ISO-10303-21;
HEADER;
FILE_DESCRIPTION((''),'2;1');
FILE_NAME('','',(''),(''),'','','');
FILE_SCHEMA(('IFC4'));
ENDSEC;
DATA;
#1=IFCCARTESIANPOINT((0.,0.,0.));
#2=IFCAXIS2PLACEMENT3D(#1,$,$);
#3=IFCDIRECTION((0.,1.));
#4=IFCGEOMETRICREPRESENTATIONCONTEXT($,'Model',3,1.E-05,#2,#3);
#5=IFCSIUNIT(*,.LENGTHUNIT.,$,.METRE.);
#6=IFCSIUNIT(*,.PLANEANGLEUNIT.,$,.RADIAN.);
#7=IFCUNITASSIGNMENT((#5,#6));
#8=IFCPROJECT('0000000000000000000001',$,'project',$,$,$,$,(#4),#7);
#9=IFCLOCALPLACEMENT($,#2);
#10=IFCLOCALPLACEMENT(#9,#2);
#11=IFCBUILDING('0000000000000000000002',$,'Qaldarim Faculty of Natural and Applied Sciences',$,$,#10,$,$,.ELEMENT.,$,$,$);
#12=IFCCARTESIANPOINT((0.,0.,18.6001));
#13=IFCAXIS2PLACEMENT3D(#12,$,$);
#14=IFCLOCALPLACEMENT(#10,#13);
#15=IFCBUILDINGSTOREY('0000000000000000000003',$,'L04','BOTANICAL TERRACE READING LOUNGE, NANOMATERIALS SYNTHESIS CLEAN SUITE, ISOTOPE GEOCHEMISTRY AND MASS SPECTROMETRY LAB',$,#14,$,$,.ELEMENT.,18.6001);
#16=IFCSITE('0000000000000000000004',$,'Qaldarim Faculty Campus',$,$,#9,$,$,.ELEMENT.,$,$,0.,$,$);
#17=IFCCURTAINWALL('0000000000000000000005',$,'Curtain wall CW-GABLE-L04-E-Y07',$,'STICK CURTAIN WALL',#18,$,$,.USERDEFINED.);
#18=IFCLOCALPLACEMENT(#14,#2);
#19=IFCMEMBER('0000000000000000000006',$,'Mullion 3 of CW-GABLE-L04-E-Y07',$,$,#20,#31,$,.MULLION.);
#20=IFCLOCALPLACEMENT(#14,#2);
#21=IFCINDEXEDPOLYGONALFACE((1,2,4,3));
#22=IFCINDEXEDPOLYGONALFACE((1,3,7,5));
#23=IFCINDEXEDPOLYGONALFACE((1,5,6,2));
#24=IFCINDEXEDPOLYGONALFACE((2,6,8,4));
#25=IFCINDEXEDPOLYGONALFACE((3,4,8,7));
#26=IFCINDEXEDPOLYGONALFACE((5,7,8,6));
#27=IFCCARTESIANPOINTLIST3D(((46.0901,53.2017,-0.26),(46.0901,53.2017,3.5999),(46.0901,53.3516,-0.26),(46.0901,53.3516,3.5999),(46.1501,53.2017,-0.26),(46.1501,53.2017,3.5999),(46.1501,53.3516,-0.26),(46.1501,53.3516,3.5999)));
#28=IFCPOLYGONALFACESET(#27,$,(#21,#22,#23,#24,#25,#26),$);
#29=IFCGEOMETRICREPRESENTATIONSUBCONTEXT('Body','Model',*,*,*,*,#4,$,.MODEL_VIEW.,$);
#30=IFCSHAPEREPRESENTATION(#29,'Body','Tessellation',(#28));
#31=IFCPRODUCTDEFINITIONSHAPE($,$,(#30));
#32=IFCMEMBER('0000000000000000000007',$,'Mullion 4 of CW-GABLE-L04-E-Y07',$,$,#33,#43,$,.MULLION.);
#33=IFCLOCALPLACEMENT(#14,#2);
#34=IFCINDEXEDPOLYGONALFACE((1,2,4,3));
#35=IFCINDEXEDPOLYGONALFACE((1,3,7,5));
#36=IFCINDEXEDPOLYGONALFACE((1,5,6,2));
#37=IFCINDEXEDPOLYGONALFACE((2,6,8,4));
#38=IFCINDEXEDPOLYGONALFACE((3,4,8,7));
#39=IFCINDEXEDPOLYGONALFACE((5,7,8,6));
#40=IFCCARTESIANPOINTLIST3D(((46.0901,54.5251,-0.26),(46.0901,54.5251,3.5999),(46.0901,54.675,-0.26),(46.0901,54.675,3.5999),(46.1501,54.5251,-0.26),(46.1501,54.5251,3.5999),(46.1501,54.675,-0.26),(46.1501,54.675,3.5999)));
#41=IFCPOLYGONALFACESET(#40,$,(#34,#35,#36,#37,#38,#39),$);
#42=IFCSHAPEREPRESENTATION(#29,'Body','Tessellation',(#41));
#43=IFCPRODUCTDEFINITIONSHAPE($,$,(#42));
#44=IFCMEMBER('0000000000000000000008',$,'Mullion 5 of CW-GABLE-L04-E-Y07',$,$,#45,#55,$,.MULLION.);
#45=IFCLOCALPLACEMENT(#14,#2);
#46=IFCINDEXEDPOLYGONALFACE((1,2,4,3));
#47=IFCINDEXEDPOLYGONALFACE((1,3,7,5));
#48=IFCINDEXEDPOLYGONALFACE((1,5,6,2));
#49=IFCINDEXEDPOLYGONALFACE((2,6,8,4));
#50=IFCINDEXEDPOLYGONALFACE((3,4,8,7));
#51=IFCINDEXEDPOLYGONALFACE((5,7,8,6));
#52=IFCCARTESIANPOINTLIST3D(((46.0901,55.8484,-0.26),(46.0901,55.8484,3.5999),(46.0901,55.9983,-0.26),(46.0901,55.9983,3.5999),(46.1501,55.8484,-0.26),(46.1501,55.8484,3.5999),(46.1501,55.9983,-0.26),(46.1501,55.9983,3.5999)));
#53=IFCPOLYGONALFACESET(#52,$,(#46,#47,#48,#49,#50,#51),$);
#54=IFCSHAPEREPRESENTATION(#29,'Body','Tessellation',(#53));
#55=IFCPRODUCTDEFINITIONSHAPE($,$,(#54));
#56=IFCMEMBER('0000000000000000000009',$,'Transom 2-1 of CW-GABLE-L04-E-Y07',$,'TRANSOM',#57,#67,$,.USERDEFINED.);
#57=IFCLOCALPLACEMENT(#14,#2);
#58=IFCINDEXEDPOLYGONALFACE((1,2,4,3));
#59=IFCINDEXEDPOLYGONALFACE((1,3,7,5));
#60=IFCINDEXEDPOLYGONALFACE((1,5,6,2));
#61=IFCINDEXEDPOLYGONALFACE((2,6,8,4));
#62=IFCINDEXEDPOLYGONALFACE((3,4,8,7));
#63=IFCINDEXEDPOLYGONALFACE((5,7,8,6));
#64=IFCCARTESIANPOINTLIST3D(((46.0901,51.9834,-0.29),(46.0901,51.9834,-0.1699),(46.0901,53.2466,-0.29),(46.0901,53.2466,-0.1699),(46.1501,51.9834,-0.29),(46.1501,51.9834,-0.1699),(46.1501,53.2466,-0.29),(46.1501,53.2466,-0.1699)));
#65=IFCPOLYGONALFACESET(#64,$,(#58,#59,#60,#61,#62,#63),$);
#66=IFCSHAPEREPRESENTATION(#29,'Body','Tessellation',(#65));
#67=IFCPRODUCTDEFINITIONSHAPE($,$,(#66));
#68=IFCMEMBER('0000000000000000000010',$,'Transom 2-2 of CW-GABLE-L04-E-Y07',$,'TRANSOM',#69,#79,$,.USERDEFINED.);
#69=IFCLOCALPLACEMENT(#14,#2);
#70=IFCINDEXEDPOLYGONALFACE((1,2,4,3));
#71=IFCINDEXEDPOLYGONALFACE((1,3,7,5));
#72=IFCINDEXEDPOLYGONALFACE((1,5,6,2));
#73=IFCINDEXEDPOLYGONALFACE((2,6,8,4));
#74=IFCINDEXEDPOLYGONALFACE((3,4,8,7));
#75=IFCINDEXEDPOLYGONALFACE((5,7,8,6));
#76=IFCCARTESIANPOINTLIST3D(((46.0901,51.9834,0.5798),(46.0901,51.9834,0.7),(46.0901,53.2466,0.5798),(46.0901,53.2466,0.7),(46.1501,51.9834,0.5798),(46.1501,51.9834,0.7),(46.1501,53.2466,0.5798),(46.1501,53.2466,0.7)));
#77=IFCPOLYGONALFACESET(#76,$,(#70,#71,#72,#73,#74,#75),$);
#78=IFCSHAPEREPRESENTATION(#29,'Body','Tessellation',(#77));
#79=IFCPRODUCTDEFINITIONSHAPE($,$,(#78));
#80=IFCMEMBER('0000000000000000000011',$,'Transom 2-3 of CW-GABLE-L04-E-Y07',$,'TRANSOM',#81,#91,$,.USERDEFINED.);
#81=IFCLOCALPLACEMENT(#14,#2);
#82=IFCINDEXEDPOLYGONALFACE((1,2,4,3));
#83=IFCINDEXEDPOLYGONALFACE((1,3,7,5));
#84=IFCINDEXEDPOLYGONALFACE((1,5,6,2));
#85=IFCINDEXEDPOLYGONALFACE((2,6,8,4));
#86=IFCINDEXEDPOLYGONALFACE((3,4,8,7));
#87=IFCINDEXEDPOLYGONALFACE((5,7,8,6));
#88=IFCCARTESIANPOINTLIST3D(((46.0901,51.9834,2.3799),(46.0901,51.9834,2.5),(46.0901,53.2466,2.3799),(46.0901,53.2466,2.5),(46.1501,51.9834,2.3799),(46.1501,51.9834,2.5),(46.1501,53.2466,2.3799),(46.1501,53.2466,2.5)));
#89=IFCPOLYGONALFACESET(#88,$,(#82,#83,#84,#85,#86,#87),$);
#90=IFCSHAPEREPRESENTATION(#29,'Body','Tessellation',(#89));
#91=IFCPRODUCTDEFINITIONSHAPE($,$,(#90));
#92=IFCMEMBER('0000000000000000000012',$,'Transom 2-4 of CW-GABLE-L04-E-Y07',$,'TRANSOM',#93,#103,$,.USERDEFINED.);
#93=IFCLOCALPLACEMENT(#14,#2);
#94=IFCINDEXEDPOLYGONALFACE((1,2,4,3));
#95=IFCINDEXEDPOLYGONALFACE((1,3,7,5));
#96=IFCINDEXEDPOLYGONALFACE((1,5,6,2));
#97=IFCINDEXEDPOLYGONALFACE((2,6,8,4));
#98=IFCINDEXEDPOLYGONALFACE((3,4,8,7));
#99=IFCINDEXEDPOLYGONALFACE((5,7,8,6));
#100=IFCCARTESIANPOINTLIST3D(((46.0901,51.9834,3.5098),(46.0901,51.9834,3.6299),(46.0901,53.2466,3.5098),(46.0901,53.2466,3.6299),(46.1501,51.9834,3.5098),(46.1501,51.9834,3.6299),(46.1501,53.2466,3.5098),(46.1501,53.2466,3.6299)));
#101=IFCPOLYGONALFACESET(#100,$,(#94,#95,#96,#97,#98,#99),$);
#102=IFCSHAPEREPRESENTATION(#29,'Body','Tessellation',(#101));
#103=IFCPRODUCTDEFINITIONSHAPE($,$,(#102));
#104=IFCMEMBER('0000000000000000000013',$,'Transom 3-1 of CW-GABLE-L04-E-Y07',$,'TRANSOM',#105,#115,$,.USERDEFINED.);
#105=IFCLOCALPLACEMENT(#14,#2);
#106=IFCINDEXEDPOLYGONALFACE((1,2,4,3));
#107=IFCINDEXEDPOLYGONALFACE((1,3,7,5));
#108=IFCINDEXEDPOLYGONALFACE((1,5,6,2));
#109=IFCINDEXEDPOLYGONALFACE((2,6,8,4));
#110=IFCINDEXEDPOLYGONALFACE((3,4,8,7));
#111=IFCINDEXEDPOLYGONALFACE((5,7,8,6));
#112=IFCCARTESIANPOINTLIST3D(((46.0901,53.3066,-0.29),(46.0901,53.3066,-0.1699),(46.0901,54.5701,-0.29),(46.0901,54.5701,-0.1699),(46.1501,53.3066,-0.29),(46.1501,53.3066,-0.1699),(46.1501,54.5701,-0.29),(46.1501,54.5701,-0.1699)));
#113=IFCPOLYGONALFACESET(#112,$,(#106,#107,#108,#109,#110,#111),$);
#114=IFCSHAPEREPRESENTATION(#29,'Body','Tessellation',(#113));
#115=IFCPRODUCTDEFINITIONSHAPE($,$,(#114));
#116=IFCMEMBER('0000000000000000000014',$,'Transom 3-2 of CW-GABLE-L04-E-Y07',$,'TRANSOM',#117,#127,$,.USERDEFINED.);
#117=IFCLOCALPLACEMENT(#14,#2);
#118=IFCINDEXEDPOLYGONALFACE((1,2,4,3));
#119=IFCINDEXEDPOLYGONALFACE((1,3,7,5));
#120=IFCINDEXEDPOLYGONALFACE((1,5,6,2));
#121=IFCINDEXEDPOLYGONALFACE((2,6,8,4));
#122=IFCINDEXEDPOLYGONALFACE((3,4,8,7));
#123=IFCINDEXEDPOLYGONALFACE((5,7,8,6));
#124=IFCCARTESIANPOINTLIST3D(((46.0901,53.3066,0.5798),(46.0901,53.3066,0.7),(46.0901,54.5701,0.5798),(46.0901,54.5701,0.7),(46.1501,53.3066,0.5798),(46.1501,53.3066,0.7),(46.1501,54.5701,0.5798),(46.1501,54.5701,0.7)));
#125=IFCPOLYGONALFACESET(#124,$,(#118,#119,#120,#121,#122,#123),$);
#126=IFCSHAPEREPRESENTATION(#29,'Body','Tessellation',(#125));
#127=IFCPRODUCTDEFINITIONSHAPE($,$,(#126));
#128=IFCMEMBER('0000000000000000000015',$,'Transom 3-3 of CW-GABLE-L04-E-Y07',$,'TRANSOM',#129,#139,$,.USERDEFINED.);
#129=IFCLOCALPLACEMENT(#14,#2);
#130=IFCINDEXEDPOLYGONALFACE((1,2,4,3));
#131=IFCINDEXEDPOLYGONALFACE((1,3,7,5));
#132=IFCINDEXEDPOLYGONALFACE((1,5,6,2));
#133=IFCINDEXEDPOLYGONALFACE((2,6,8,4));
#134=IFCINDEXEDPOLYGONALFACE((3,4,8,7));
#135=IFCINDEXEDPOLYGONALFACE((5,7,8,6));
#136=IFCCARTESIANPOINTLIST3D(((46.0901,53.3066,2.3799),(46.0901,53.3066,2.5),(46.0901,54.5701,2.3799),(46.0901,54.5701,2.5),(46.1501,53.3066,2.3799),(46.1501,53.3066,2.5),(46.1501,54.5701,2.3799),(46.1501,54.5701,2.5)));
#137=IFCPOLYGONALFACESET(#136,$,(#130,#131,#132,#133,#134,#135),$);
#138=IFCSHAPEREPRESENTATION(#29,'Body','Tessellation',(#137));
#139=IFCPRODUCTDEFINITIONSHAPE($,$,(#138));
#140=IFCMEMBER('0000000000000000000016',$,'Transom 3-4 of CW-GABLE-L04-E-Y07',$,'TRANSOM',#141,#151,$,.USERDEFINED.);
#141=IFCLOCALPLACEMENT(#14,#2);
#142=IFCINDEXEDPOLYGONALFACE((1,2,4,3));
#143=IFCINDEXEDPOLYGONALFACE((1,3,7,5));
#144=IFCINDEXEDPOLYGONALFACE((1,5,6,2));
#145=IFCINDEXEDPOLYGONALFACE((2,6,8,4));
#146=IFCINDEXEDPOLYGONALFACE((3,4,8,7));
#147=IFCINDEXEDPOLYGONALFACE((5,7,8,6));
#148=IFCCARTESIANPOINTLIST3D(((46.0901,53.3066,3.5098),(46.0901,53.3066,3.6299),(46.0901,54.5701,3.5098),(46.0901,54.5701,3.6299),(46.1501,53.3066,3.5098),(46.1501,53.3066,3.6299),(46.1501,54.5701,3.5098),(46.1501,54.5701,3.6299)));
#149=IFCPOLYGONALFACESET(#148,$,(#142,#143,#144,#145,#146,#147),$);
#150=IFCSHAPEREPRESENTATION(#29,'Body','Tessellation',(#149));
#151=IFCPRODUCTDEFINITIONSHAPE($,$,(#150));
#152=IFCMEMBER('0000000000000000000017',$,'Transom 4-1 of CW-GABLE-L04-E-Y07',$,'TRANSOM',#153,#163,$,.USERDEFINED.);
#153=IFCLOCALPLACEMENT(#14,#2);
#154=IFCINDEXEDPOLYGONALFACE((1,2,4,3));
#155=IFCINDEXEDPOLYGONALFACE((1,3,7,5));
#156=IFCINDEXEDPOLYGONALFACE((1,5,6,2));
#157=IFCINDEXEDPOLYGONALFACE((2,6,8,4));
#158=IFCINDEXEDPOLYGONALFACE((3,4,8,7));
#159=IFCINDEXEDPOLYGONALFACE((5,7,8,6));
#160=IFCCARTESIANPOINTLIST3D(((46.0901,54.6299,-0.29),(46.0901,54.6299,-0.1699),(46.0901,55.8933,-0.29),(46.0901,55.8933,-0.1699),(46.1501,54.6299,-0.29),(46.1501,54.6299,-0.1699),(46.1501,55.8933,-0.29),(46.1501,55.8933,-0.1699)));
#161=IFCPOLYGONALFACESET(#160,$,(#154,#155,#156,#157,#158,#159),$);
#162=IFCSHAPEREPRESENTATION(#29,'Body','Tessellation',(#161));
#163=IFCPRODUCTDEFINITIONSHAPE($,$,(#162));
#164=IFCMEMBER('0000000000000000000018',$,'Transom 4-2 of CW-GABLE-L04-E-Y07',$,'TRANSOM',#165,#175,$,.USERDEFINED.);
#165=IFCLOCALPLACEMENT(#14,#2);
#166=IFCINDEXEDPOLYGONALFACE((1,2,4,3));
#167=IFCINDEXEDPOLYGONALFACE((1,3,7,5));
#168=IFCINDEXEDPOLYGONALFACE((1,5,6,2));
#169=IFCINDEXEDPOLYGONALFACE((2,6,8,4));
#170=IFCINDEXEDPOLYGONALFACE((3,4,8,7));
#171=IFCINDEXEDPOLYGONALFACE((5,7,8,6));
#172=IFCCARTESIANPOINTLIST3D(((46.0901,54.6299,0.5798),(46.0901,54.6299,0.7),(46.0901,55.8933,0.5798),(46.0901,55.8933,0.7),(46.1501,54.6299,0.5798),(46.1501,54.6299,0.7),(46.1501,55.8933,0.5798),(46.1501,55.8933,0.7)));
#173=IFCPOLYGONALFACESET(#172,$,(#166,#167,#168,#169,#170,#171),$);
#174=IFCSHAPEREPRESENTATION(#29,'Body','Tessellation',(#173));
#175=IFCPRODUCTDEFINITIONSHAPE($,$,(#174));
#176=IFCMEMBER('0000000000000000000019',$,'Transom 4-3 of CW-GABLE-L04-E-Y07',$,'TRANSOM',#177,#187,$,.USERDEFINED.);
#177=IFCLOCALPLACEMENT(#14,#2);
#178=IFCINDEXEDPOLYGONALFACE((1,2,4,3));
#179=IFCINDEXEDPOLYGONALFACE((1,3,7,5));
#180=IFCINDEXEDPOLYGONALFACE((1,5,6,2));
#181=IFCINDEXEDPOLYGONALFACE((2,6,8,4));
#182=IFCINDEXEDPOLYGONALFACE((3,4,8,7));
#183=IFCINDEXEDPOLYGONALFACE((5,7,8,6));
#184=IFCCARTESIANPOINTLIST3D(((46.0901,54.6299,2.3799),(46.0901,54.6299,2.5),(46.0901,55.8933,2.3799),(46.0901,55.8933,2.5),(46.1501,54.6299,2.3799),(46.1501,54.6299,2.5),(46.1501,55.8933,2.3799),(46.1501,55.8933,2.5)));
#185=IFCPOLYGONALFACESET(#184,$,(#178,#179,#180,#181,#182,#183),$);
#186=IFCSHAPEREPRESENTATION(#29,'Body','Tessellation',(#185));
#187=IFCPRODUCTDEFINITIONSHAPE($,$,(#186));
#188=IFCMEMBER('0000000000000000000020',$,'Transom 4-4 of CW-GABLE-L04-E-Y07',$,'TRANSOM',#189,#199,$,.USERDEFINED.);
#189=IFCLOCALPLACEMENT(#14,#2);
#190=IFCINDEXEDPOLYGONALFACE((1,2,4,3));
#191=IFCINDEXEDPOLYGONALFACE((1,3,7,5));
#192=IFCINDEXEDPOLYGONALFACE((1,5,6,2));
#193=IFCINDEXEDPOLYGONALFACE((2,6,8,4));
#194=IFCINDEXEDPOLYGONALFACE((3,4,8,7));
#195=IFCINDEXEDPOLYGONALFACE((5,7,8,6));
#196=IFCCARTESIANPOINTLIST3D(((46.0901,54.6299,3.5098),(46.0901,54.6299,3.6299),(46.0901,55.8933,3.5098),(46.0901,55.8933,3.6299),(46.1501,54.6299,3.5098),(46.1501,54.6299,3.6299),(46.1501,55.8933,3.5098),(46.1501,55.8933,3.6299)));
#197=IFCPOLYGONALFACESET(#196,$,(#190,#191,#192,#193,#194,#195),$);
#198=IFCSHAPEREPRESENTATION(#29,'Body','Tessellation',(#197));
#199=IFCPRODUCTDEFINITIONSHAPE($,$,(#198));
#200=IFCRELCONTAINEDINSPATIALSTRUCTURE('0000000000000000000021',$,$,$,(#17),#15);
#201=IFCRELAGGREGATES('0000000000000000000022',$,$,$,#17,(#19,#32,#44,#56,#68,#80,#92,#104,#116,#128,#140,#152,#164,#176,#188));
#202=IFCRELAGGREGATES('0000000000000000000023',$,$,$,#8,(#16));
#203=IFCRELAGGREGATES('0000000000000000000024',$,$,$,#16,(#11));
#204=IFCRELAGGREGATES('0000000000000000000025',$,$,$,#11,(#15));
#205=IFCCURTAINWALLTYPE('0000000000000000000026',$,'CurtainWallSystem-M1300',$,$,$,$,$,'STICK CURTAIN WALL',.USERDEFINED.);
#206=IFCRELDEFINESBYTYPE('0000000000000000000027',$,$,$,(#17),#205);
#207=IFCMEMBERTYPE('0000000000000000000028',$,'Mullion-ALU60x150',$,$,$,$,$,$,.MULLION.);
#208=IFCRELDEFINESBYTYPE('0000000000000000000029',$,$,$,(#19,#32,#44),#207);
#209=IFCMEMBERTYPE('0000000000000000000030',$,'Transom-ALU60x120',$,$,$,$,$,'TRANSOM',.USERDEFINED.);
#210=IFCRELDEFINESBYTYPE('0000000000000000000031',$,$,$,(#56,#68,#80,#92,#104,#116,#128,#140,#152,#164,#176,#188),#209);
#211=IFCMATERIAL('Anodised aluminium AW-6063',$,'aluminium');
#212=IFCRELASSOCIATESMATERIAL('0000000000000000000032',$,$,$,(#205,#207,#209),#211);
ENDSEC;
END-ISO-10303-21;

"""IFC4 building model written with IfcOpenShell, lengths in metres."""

from ifc_helpers import new_model, si_unit, direction, frame, origin, origin_2d, place, context, subcontext, project, spatial, rectangle, extrude, material, material_profile, profile_set, type_object, element, aggregate, save


model = new_model("IFC4")

# Units and contexts
model_context = context("Model", 3, precision=1e-05, world=origin(), true_north=direction((0.0, 1.0)))
body_context = subcontext(model_context, "Body", "Model", "MODEL_VIEW")
ifc_project = project(units=[si_unit("LENGTHUNIT", "METRE"), si_unit("PLANEANGLEUNIT", "RADIAN")], contexts=[model_context])

# Site, building, storey
site_placement = place(None, origin())
site = spatial("IfcSite", under=ifc_project, at=site_placement, Name="Qaldarim Faculty Campus", CompositionType="ELEMENT", RefElevation=0.0)
building_placement = place(site_placement, origin())
building = spatial("IfcBuilding", under=site, at=building_placement, Name="Qaldarim Faculty of Natural and Applied Sciences", CompositionType="ELEMENT")
storey_placement = place(building_placement, frame((0.0, 0.0, 18.6001)))
storey = spatial("IfcBuildingStorey", under=building, at=storey_placement, Name="L04", Description="BOTANICAL TERRACE READING LOUNGE, NANOMATERIALS SYNTHESIS CLEAN SUITE, ISOTOPE GEOCHEMISTRY AND MASS SPECTROMETRY LAB", CompositionType="ELEMENT", Elevation=18.6001)

# Curtain wall, members
ifc_material_1 = material(Name="Anodised aluminium AW-6063", Category="aluminium")
curtain_wall_type = type_object("IfcCurtainWallType", Name="CurtainWallSystem-M1300", ElementType="STICK CURTAIN WALL", PredefinedType="USERDEFINED", material=ifc_material_1)
curtain_wall_placement = place(storey_placement, origin())
curtain_wall = element("IfcCurtainWall", 1, at=curtain_wall_placement, inside=storey, type_object=curtain_wall_type, Name="Curtain wall CW-GABLE-L04-E-Y07", ObjectType="STICK CURTAIN WALL", PredefinedType="USERDEFINED")
ifc_material_profile_1 = material_profile(ifc_material_1, rectangle(XDim=0.0601, YDim=0.1499, at=origin_2d()), Name="ALU-M60x150")
ifc_profile_set_1 = profile_set([ifc_material_profile_1], Name="Anodised aluminium AW-6063")
member_type_1 = type_object("IfcMemberType", Name="Mullion-ALU60x150", PredefinedType="MULLION", material=ifc_profile_set_1)
member_1_placement = place(storey_placement, frame((46.1201, 53.2766, -0.26), z_axis=(0.0, 0.0, 1.0), x_axis=(-1.0, 0.0, 0.0)))
member_1 = element("IfcMember", 2, at=member_1_placement, type_object=member_type_1, Name="Mullion 3 of CW-GABLE-L04-E-Y07", PredefinedType="MULLION", context=body_context, shape_type="SweptSolid", body=[
    extrude(rectangle(XDim=0.0601, YDim=0.1499, at=origin_2d()), origin(), (0.0, 0.0, 1.0), 3.8599),
])
member_2_placement = place(storey_placement, frame((46.1201, 54.6001, -0.26), z_axis=(0.0, 0.0, 1.0), x_axis=(-1.0, 0.0, 0.0)))
member_2 = element("IfcMember", 3, at=member_2_placement, type_object=member_type_1, Name="Mullion 4 of CW-GABLE-L04-E-Y07", PredefinedType="MULLION", context=body_context, shape_type="SweptSolid", body=[
    extrude(rectangle(XDim=0.0601, YDim=0.1499, at=origin_2d()), origin(), (0.0, 0.0, 1.0), 3.8599),
])
member_3_placement = place(storey_placement, frame((46.1201, 55.9233, -0.26), z_axis=(0.0, 0.0, 1.0), x_axis=(-1.0, 0.0, 0.0)))
member_3 = element("IfcMember", 4, at=member_3_placement, type_object=member_type_1, Name="Mullion 5 of CW-GABLE-L04-E-Y07", PredefinedType="MULLION", context=body_context, shape_type="SweptSolid", body=[
    extrude(rectangle(XDim=0.0601, YDim=0.1499, at=origin_2d()), origin(), (0.0, 0.0, 1.0), 3.8599),
])
ifc_material_profile_2 = material_profile(ifc_material_1, rectangle(XDim=0.0601, YDim=0.1201, at=origin_2d()), Name="ALU-T60x120")
ifc_profile_set_2 = profile_set([ifc_material_profile_2], Name="Anodised aluminium AW-6063")
member_type_2 = type_object("IfcMemberType", Name="Transom-ALU60x120", ElementType="TRANSOM", PredefinedType="USERDEFINED", material=ifc_profile_set_2)
member_4_placement = place(storey_placement, frame((46.1201, 51.9834, -0.23), z_axis=(0.0, 1.0, 0.0), x_axis=(-1.0, 0.0, 0.0)))
member_4 = element("IfcMember", 5, at=member_4_placement, type_object=member_type_2, Name="Transom 2-1 of CW-GABLE-L04-E-Y07", ObjectType="TRANSOM", PredefinedType="USERDEFINED", context=body_context, shape_type="SweptSolid", body=[
    extrude(rectangle(XDim=0.0601, YDim=0.1201, at=origin_2d()), origin(), (0.0, 0.0, 1.0), 1.2632),
])
member_5_placement = place(storey_placement, frame((46.1201, 51.9834, 0.6399), z_axis=(0.0, 1.0, 0.0), x_axis=(-1.0, 0.0, 0.0)))
member_5 = element("IfcMember", 6, at=member_5_placement, type_object=member_type_2, Name="Transom 2-2 of CW-GABLE-L04-E-Y07", ObjectType="TRANSOM", PredefinedType="USERDEFINED", context=body_context, shape_type="SweptSolid", body=[
    extrude(rectangle(XDim=0.0601, YDim=0.1201, at=origin_2d()), origin(), (0.0, 0.0, 1.0), 1.2632),
])
member_6_placement = place(storey_placement, frame((46.1201, 51.9834, 2.4399), z_axis=(0.0, 1.0, 0.0), x_axis=(-1.0, 0.0, 0.0)))
member_6 = element("IfcMember", 7, at=member_6_placement, type_object=member_type_2, Name="Transom 2-3 of CW-GABLE-L04-E-Y07", ObjectType="TRANSOM", PredefinedType="USERDEFINED", context=body_context, shape_type="SweptSolid", body=[
    extrude(rectangle(XDim=0.0601, YDim=0.1201, at=origin_2d()), origin(), (0.0, 0.0, 1.0), 1.2632),
])
member_7_placement = place(storey_placement, frame((46.1201, 51.9834, 3.5698), z_axis=(0.0, 1.0, 0.0), x_axis=(-1.0, 0.0, 0.0)))
member_7 = element("IfcMember", 8, at=member_7_placement, type_object=member_type_2, Name="Transom 2-4 of CW-GABLE-L04-E-Y07", ObjectType="TRANSOM", PredefinedType="USERDEFINED", context=body_context, shape_type="SweptSolid", body=[
    extrude(rectangle(XDim=0.0601, YDim=0.1201, at=origin_2d()), origin(), (0.0, 0.0, 1.0), 1.2632),
])
member_8_placement = place(storey_placement, frame((46.1201, 53.3066, -0.23), z_axis=(0.0, 1.0, 0.0), x_axis=(-1.0, 0.0, 0.0)))
member_8 = element("IfcMember", 9, at=member_8_placement, type_object=member_type_2, Name="Transom 3-1 of CW-GABLE-L04-E-Y07", ObjectType="TRANSOM", PredefinedType="USERDEFINED", context=body_context, shape_type="SweptSolid", body=[
    extrude(rectangle(XDim=0.0601, YDim=0.1201, at=origin_2d()), origin(), (0.0, 0.0, 1.0), 1.2634),
])
member_9_placement = place(storey_placement, frame((46.1201, 53.3066, 0.6399), z_axis=(0.0, 1.0, 0.0), x_axis=(-1.0, 0.0, 0.0)))
member_9 = element("IfcMember", 10, at=member_9_placement, type_object=member_type_2, Name="Transom 3-2 of CW-GABLE-L04-E-Y07", ObjectType="TRANSOM", PredefinedType="USERDEFINED", context=body_context, shape_type="SweptSolid", body=[
    extrude(rectangle(XDim=0.0601, YDim=0.1201, at=origin_2d()), origin(), (0.0, 0.0, 1.0), 1.2634),
])
member_10_placement = place(storey_placement, frame((46.1201, 53.3066, 2.4399), z_axis=(0.0, 1.0, 0.0), x_axis=(-1.0, 0.0, 0.0)))
member_10 = element("IfcMember", 11, at=member_10_placement, type_object=member_type_2, Name="Transom 3-3 of CW-GABLE-L04-E-Y07", ObjectType="TRANSOM", PredefinedType="USERDEFINED", context=body_context, shape_type="SweptSolid", body=[
    extrude(rectangle(XDim=0.0601, YDim=0.1201, at=origin_2d()), origin(), (0.0, 0.0, 1.0), 1.2634),
])
member_11_placement = place(storey_placement, frame((46.1201, 53.3066, 3.5698), z_axis=(0.0, 1.0, 0.0), x_axis=(-1.0, 0.0, 0.0)))
member_11 = element("IfcMember", 12, at=member_11_placement, type_object=member_type_2, Name="Transom 3-4 of CW-GABLE-L04-E-Y07", ObjectType="TRANSOM", PredefinedType="USERDEFINED", context=body_context, shape_type="SweptSolid", body=[
    extrude(rectangle(XDim=0.0601, YDim=0.1201, at=origin_2d()), origin(), (0.0, 0.0, 1.0), 1.2634),
])
member_12_placement = place(storey_placement, frame((46.1201, 54.6299, -0.23), z_axis=(0.0, 1.0, 0.0), x_axis=(-1.0, 0.0, 0.0)))
member_12 = element("IfcMember", 13, at=member_12_placement, type_object=member_type_2, Name="Transom 4-1 of CW-GABLE-L04-E-Y07", ObjectType="TRANSOM", PredefinedType="USERDEFINED", context=body_context, shape_type="SweptSolid", body=[
    extrude(rectangle(XDim=0.0601, YDim=0.1201, at=origin_2d()), origin(), (0.0, 0.0, 1.0), 1.2634),
])
member_13_placement = place(storey_placement, frame((46.1201, 54.6299, 0.6399), z_axis=(0.0, 1.0, 0.0), x_axis=(-1.0, 0.0, 0.0)))
member_13 = element("IfcMember", 14, at=member_13_placement, type_object=member_type_2, Name="Transom 4-2 of CW-GABLE-L04-E-Y07", ObjectType="TRANSOM", PredefinedType="USERDEFINED", context=body_context, shape_type="SweptSolid", body=[
    extrude(rectangle(XDim=0.0601, YDim=0.1201, at=origin_2d()), origin(), (0.0, 0.0, 1.0), 1.2634),
])
member_14_placement = place(storey_placement, frame((46.1201, 54.6299, 2.4399), z_axis=(0.0, 1.0, 0.0), x_axis=(-1.0, 0.0, 0.0)))
member_14 = element("IfcMember", 15, at=member_14_placement, type_object=member_type_2, Name="Transom 4-3 of CW-GABLE-L04-E-Y07", ObjectType="TRANSOM", PredefinedType="USERDEFINED", context=body_context, shape_type="SweptSolid", body=[
    extrude(rectangle(XDim=0.0601, YDim=0.1201, at=origin_2d()), origin(), (0.0, 0.0, 1.0), 1.2634),
])
member_15_placement = place(storey_placement, frame((46.1201, 54.6299, 3.5698), z_axis=(0.0, 1.0, 0.0), x_axis=(-1.0, 0.0, 0.0)))
member_15 = element("IfcMember", 16, at=member_15_placement, type_object=member_type_2, Name="Transom 4-4 of CW-GABLE-L04-E-Y07", ObjectType="TRANSOM", PredefinedType="USERDEFINED", context=body_context, shape_type="SweptSolid", body=[
    extrude(rectangle(XDim=0.0601, YDim=0.1201, at=origin_2d()), origin(), (0.0, 0.0, 1.0), 1.2634),
])
aggregate(curtain_wall, [member_1, member_2, member_3, member_4, member_5, member_6, member_7, member_8, member_9, member_10, member_11, member_12, member_13, member_14, member_15])

save(model, "model.ifc")
